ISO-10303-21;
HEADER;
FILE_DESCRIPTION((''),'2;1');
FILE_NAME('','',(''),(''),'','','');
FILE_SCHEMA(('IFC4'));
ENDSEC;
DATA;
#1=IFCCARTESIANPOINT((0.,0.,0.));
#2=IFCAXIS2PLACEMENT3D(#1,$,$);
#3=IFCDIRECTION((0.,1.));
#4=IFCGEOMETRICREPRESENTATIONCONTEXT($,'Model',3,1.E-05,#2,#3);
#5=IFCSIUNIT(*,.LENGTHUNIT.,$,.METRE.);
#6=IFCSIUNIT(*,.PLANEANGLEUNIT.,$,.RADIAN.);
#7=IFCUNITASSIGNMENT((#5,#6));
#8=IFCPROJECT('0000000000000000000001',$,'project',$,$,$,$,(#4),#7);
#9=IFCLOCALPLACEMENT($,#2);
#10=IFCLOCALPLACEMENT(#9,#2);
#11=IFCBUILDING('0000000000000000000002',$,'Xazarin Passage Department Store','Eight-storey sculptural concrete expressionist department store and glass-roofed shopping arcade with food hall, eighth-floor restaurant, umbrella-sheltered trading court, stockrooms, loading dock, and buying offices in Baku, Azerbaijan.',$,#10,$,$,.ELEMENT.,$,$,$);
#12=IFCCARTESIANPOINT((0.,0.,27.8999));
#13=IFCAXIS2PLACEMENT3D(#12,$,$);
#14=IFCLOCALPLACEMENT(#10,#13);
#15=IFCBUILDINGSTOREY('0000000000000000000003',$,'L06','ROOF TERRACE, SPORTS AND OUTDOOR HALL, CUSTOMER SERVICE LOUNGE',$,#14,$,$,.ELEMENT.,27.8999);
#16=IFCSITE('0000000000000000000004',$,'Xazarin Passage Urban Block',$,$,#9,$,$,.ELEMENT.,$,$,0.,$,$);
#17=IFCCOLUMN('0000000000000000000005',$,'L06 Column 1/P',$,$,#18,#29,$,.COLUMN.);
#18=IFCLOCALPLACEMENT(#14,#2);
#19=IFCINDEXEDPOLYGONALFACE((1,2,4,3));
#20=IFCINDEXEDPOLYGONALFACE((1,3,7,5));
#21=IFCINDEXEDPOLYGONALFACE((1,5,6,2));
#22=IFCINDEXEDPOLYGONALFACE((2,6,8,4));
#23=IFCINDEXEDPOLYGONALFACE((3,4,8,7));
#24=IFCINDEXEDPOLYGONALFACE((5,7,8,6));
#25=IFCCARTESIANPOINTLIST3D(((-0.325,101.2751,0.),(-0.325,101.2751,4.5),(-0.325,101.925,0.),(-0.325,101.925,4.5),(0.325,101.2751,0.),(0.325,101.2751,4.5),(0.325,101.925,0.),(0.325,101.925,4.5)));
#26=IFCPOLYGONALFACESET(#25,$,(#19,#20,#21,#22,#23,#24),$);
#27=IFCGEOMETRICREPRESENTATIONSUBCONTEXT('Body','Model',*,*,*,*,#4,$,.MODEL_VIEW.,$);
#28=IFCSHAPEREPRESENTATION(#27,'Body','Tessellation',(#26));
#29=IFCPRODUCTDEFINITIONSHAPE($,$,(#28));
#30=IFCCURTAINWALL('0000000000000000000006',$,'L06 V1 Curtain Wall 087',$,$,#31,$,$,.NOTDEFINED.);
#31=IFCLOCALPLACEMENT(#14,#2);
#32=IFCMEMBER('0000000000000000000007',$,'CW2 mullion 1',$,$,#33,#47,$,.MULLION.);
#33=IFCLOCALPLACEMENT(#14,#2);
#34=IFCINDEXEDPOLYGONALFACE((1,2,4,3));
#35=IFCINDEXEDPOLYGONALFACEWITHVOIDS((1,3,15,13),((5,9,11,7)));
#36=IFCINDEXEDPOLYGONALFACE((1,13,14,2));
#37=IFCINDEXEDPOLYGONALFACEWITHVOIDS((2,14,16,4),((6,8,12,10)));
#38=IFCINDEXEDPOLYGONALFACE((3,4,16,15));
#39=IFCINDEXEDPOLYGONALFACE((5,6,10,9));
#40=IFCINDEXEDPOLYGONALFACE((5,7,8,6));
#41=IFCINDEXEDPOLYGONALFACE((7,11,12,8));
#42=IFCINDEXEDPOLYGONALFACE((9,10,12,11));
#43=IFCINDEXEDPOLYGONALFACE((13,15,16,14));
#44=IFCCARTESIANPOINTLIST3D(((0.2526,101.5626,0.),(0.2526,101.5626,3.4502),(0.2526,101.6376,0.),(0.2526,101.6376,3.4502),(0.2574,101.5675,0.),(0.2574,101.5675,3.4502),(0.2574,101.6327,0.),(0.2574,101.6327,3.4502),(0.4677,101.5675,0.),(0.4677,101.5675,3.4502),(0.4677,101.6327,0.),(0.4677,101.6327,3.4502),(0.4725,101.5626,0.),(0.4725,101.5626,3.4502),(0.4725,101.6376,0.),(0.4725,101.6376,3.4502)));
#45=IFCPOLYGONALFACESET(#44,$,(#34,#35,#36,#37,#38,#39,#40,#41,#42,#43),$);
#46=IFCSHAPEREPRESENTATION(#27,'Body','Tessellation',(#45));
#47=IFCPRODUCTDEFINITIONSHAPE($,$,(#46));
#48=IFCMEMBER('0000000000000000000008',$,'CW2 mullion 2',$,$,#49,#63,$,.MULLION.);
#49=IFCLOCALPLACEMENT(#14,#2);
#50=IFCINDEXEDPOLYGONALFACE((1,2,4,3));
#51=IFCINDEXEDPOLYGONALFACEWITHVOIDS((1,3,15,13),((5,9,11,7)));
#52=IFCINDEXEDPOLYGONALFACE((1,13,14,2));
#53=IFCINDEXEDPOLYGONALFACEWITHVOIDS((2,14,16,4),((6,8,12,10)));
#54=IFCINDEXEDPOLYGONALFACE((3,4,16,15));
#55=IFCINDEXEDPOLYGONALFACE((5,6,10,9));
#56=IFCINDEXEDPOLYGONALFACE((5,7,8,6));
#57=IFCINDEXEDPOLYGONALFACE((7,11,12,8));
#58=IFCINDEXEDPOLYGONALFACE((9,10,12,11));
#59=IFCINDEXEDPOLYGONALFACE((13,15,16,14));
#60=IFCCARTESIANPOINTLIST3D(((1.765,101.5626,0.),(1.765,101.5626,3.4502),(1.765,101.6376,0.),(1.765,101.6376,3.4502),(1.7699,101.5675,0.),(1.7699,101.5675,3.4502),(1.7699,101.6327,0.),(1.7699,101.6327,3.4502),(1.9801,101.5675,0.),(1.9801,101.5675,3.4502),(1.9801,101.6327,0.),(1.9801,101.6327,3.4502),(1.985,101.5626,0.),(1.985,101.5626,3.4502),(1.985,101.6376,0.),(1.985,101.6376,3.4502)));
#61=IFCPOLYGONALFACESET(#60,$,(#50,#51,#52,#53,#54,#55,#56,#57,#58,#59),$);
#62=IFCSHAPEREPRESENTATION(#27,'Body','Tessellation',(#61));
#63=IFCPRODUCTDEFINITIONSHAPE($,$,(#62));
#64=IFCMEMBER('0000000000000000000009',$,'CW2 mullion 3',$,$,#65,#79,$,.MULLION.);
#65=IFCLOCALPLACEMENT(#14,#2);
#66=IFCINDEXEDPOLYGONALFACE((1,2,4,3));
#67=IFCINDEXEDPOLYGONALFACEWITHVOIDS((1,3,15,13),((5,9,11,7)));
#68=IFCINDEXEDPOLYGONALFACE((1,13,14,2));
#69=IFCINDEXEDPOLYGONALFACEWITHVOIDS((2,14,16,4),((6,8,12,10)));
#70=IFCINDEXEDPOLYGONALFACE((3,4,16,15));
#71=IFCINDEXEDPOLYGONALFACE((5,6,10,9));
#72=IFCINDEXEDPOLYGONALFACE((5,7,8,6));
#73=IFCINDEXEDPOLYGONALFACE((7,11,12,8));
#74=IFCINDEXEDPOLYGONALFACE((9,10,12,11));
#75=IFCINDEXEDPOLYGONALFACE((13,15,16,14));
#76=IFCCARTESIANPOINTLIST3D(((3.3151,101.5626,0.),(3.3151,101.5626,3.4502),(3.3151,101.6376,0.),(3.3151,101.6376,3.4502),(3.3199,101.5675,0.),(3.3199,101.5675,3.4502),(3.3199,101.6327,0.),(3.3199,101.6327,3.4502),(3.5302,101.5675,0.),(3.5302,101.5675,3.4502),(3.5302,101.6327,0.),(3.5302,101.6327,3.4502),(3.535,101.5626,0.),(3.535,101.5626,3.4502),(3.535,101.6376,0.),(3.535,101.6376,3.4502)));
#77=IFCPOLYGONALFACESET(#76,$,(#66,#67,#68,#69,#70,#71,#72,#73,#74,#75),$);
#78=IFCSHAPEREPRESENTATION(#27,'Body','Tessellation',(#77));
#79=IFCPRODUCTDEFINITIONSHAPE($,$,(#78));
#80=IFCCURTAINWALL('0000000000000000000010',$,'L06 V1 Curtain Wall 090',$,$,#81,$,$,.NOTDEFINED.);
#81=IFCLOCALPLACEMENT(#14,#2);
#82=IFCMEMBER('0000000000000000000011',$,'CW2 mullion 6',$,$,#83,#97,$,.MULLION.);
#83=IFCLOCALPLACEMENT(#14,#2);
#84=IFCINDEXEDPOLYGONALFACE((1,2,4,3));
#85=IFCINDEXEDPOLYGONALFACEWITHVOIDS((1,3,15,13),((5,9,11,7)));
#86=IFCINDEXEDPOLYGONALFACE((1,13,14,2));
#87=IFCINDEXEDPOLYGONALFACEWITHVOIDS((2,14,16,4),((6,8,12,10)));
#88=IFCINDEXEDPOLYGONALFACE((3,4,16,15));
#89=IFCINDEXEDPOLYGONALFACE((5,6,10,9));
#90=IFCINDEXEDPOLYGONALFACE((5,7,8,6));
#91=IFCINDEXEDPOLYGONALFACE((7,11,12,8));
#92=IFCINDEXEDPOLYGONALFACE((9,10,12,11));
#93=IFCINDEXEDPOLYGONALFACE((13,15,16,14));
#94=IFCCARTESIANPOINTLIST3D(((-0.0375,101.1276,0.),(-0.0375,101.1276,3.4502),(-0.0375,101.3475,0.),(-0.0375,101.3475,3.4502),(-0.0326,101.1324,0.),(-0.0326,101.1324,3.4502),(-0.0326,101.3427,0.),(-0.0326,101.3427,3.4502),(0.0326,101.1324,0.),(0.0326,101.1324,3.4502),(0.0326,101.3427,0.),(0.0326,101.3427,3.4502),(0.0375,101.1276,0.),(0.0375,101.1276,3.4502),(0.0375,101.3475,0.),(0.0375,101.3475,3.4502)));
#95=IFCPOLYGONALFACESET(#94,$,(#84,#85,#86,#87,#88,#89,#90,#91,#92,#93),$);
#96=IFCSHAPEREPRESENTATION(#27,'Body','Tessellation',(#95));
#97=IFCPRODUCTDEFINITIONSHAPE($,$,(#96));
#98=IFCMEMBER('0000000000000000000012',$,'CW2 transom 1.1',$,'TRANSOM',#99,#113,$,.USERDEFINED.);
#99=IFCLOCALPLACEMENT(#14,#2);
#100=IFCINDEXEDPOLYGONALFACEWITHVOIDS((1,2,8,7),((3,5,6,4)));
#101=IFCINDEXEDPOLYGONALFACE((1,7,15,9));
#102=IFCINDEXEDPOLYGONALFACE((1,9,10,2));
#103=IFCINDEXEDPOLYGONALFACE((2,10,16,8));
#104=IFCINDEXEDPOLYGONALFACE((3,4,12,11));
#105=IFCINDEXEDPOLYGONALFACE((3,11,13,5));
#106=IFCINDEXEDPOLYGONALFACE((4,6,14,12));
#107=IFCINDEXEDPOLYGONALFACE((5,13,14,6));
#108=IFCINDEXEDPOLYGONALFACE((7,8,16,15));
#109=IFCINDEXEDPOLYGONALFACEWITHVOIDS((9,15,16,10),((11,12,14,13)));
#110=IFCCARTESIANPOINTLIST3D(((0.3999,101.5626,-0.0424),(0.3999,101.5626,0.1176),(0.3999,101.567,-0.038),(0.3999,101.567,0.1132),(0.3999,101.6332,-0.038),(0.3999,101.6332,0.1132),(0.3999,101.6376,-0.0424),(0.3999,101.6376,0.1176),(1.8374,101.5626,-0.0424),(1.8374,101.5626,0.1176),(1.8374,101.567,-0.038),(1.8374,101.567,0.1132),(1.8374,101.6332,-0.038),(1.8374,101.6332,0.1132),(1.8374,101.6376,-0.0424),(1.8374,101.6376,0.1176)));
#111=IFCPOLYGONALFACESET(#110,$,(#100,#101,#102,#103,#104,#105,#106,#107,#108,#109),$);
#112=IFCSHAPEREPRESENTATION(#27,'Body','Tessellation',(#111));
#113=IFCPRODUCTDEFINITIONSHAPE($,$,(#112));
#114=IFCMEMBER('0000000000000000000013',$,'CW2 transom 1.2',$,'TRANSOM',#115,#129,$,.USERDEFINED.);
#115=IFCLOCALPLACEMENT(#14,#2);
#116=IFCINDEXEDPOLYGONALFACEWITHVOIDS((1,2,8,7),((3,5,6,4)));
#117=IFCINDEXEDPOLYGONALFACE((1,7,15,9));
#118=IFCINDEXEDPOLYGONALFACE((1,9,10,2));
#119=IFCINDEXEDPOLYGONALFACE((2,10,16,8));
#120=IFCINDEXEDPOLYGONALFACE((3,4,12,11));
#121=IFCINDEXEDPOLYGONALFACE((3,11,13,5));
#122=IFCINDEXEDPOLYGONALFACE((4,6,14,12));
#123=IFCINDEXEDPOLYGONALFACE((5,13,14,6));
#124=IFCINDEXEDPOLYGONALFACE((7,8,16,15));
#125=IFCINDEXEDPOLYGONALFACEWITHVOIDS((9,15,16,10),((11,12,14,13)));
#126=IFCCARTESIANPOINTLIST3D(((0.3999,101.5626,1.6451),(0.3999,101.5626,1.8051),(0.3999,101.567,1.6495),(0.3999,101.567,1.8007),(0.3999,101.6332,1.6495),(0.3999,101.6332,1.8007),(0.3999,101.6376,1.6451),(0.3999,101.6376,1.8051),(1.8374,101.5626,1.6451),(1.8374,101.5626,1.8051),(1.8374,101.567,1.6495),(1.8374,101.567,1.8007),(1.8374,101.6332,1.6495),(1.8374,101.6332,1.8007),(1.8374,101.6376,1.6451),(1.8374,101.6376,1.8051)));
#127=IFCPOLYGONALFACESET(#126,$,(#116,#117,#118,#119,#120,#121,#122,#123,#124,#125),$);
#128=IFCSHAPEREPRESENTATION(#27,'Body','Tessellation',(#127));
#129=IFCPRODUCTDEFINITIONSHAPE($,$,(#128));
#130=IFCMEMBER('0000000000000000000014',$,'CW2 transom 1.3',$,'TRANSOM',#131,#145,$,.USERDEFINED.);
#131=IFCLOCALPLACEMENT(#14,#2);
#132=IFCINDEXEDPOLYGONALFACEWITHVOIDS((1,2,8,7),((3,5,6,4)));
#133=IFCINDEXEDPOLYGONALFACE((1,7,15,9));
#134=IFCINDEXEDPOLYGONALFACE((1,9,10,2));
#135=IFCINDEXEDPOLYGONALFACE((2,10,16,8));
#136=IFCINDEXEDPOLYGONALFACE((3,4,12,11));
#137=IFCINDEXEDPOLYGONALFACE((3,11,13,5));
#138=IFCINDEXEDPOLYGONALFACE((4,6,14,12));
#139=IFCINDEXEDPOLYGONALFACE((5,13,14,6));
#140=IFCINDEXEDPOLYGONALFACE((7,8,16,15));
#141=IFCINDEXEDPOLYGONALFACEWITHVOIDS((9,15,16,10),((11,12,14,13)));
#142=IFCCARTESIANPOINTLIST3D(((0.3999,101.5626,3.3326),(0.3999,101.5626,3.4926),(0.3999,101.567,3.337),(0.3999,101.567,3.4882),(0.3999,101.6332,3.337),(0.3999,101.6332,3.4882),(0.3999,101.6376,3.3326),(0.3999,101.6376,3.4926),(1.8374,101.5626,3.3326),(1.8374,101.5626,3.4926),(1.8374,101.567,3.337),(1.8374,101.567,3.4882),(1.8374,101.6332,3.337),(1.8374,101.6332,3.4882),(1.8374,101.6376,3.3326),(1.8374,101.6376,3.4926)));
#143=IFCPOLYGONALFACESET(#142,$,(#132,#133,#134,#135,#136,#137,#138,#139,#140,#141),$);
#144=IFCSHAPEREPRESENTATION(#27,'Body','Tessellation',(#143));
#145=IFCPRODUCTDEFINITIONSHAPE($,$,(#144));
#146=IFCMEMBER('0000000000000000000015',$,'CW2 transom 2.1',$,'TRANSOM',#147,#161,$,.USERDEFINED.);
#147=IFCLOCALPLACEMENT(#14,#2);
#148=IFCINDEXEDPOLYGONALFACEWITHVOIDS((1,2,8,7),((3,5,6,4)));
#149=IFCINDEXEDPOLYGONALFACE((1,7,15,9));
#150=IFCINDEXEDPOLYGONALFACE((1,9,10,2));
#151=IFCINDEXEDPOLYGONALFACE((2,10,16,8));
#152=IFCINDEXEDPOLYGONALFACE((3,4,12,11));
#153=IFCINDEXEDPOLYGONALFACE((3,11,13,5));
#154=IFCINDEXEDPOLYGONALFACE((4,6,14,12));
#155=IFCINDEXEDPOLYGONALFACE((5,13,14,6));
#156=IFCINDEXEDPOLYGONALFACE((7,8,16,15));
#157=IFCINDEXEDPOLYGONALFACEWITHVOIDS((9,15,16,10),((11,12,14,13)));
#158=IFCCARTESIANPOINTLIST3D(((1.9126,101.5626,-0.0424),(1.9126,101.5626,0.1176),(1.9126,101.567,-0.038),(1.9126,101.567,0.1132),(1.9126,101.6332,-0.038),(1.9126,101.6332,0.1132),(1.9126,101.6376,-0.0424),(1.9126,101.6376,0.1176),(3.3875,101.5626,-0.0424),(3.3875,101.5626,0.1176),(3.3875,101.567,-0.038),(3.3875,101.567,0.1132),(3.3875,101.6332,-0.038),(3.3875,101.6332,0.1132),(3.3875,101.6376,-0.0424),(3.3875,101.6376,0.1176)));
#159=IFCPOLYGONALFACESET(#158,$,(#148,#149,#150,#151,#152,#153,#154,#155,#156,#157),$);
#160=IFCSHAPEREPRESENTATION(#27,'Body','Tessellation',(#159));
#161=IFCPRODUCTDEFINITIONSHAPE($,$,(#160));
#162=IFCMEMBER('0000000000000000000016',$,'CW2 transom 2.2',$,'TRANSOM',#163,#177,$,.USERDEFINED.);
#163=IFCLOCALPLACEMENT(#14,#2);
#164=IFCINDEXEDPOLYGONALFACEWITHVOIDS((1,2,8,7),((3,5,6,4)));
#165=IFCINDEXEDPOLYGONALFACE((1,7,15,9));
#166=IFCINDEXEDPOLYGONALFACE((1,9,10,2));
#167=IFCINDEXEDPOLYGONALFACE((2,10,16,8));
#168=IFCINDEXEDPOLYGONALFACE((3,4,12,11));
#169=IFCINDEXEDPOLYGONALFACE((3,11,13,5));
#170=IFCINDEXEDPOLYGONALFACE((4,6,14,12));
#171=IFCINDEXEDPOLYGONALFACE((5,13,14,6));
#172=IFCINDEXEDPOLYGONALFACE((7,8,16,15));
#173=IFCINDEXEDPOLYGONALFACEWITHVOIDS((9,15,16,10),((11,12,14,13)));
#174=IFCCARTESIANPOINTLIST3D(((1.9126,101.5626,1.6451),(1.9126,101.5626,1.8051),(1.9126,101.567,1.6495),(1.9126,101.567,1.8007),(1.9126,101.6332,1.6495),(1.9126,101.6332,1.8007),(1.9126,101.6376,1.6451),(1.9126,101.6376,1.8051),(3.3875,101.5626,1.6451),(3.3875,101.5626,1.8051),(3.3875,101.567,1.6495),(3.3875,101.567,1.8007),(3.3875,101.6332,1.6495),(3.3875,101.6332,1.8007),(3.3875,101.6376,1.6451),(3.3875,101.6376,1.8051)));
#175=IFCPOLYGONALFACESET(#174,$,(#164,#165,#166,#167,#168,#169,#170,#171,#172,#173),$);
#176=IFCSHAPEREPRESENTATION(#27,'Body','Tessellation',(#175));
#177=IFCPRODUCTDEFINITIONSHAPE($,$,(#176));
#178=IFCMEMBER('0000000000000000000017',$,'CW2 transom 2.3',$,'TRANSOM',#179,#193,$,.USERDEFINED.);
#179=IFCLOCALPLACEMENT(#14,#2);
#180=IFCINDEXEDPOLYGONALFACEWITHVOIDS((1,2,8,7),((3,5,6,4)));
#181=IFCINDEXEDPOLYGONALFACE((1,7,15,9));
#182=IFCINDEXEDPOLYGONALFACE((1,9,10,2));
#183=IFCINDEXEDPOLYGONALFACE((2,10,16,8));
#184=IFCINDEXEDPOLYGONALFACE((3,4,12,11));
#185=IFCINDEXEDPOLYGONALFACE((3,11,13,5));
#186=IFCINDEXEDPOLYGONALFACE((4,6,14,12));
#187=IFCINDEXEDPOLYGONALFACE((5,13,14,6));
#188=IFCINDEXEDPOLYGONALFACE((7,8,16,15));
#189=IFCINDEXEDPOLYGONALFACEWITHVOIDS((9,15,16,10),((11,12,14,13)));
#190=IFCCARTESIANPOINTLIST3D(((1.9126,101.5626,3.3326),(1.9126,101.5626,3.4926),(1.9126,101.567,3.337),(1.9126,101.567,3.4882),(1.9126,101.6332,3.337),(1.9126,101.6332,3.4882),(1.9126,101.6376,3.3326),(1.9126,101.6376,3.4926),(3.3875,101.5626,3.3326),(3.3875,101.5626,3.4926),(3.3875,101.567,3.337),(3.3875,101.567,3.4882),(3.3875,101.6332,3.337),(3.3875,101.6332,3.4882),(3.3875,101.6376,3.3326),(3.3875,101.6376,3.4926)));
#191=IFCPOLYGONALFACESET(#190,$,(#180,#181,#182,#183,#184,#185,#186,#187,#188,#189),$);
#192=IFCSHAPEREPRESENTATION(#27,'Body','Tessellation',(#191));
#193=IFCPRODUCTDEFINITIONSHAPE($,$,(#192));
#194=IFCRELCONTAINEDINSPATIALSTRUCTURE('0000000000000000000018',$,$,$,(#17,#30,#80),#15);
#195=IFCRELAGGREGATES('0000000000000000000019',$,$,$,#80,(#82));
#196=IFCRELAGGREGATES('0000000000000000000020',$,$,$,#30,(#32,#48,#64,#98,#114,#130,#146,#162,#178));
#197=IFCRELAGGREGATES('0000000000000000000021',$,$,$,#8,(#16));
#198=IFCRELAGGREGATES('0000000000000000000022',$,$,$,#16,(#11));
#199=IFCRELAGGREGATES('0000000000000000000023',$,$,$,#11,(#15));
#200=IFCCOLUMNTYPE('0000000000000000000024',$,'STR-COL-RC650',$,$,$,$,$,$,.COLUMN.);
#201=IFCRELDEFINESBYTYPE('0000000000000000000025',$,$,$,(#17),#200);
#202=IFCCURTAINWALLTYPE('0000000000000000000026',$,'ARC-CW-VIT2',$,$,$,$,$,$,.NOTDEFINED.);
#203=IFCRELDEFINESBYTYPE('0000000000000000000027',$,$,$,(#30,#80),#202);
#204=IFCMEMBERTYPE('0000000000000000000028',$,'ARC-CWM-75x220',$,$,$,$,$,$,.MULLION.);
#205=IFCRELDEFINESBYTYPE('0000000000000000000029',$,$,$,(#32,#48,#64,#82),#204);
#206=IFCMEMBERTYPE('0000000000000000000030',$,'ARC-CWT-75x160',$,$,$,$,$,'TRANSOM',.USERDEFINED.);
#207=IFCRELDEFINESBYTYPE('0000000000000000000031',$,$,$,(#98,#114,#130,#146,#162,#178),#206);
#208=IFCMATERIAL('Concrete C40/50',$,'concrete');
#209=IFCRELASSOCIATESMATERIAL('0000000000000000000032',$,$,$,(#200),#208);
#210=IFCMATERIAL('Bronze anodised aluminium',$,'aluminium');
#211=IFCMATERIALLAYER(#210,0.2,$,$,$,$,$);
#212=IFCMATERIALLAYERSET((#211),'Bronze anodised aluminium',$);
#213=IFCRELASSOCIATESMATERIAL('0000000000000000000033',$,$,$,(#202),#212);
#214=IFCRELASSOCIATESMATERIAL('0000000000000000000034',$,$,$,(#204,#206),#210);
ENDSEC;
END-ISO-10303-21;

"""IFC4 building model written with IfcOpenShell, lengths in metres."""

from ifc_helpers import new_model, si_unit, direction, frame, origin, origin_2d, place, context, subcontext, project, spatial, rectangle, hollow_rectangle, extrude, material, layer, layer_set, material_profile, profile_set, type_object, element, aggregate, save


model = new_model("IFC4")

# Units and contexts
model_context = context("Model", 3, precision=1e-05, world=origin(), true_north=direction((0.0, 1.0)))
body_context = subcontext(model_context, "Body", "Model", "MODEL_VIEW")
ifc_project = project(units=[si_unit("LENGTHUNIT", "METRE"), si_unit("PLANEANGLEUNIT", "RADIAN")], contexts=[model_context])

# Site, building, storey
site_placement = place(None, origin())
site = spatial("IfcSite", under=ifc_project, at=site_placement, Name="Xazarin Passage Urban Block", CompositionType="ELEMENT", RefElevation=0.0)
building_placement = place(site_placement, origin())
building = spatial("IfcBuilding", under=site, at=building_placement, Name="Xazarin Passage Department Store", Description="Eight-storey sculptural concrete expressionist department store and glass-roofed shopping arcade with food hall, eighth-floor restaurant, umbrella-sheltered trading court, stockrooms, loading dock, and buying offices in Baku, Azerbaijan.", CompositionType="ELEMENT")
storey_placement = place(building_placement, frame((0.0, 0.0, 27.8999)))
storey = spatial("IfcBuildingStorey", under=building, at=storey_placement, Name="L06", Description="ROOF TERRACE, SPORTS AND OUTDOOR HALL, CUSTOMER SERVICE LOUNGE", CompositionType="ELEMENT", Elevation=27.8999)

# Column
ifc_material_1 = material(Name="Concrete C40/50", Category="concrete")
ifc_material_profile_1 = material_profile(ifc_material_1, rectangle(XDim=0.6499, YDim=0.6499, at=origin_2d()), Name="RC 650x650")
ifc_profile_set_1 = profile_set([ifc_material_profile_1], Name="Concrete C40/50")
column_type = type_object("IfcColumnType", Name="STR-COL-RC650", PredefinedType="COLUMN", material=ifc_profile_set_1)
column_placement = place(storey_placement, frame((0.0, 101.6001, 0.0), z_axis=(0.0, 0.0, 1.0), x_axis=(1.0, 0.0, 0.0)))
element("IfcColumn", 1, at=column_placement, inside=storey, type_object=column_type, Name="L06 Column 1/P", PredefinedType="COLUMN", context=body_context, shape_type="SweptSolid", body=[
    extrude(rectangle(XDim=0.6499, YDim=0.6499, at=origin_2d()), origin(), (0.0, 0.0, 1.0), 4.5),
])

# Curtain wall, members
ifc_material_2 = material(Name="Bronze anodised aluminium", Category="aluminium")
ifc_layer_1 = layer(ifc_material_2, 0.2)
ifc_layer_set_1 = layer_set([ifc_layer_1], Name="Bronze anodised aluminium")
curtain_wall_type = type_object("IfcCurtainWallType", Name="ARC-CW-VIT2", PredefinedType="NOTDEFINED", material=ifc_layer_set_1)
curtain_wall_1_placement = place(storey_placement, origin())
curtain_wall_1 = element("IfcCurtainWall", 2, at=curtain_wall_1_placement, inside=storey, type_object=curtain_wall_type, Name="L06 V1 Curtain Wall 087", PredefinedType="NOTDEFINED")
ifc_material_profile_2 = material_profile(ifc_material_2, hollow_rectangle(XDim=0.075, YDim=0.22, WallThickness=0.0049, at=origin_2d()), Name="ALU 75x220")
ifc_profile_set_2 = profile_set([ifc_material_profile_2], Name="Bronze anodised aluminium")
member_type_1 = type_object("IfcMemberType", Name="ARC-CWM-75x220", PredefinedType="MULLION", material=ifc_profile_set_2)
member_1_placement = place(storey_placement, frame((0.3625, 101.6001, 0.0), z_axis=(0.0, 0.0, 1.0), x_axis=(0.0, 1.0, 0.0)))
member_1 = element("IfcMember", 3, at=member_1_placement, type_object=member_type_1, Name="CW2 mullion 1", PredefinedType="MULLION", context=body_context, shape_type="SweptSolid", body=[
    extrude(hollow_rectangle(XDim=0.075, YDim=0.22, WallThickness=0.0049, at=origin_2d()), origin(), (0.0, 0.0, 1.0), 3.4502),
])
member_2_placement = place(storey_placement, frame((1.875, 101.6001, 0.0), z_axis=(0.0, 0.0, 1.0), x_axis=(0.0, 1.0, 0.0)))
member_2 = element("IfcMember", 4, at=member_2_placement, type_object=member_type_1, Name="CW2 mullion 2", PredefinedType="MULLION", context=body_context, shape_type="SweptSolid", body=[
    extrude(hollow_rectangle(XDim=0.075, YDim=0.22, WallThickness=0.0049, at=origin_2d()), origin(), (0.0, 0.0, 1.0), 3.4502),
])
member_3_placement = place(storey_placement, frame((3.425, 101.6001, 0.0), z_axis=(0.0, 0.0, 1.0), x_axis=(0.0, 1.0, 0.0)))
member_3 = element("IfcMember", 5, at=member_3_placement, type_object=member_type_1, Name="CW2 mullion 3", PredefinedType="MULLION", context=body_context, shape_type="SweptSolid", body=[
    extrude(hollow_rectangle(XDim=0.075, YDim=0.22, WallThickness=0.0049, at=origin_2d()), origin(), (0.0, 0.0, 1.0), 3.4502),
])

# Curtain wall, member
curtain_wall_2_placement = place(storey_placement, origin())
curtain_wall_2 = element("IfcCurtainWall", 6, at=curtain_wall_2_placement, inside=storey, type_object=curtain_wall_type, Name="L06 V1 Curtain Wall 090", PredefinedType="NOTDEFINED")
member_4_placement = place(storey_placement, frame((0.0, 101.2375, 0.0), z_axis=(0.0, 0.0, 1.0), x_axis=(-1.0, 0.0, 0.0)))
member_4 = element("IfcMember", 7, at=member_4_placement, type_object=member_type_1, Name="CW2 mullion 6", PredefinedType="MULLION", context=body_context, shape_type="SweptSolid", body=[
    extrude(hollow_rectangle(XDim=0.075, YDim=0.22, WallThickness=0.0049, at=origin_2d()), origin(), (0.0, 0.0, 1.0), 3.4502),
])
aggregate(curtain_wall_2, [member_4])

# Members
ifc_material_profile_3 = material_profile(ifc_material_2, hollow_rectangle(XDim=0.075, YDim=0.1599, WallThickness=0.0044, at=origin_2d()), Name="ALU 75x160")
ifc_profile_set_3 = profile_set([ifc_material_profile_3], Name="Bronze anodised aluminium")
member_type_2 = type_object("IfcMemberType", Name="ARC-CWT-75x160", ElementType="TRANSOM", PredefinedType="USERDEFINED", material=ifc_profile_set_3)
member_5_placement = place(storey_placement, frame((0.3999, 101.6001, 0.0376), z_axis=(1.0, 0.0, 0.0), x_axis=(0.0, 1.0, 0.0)))
member_5 = element("IfcMember", 8, at=member_5_placement, type_object=member_type_2, Name="CW2 transom 1.1", ObjectType="TRANSOM", PredefinedType="USERDEFINED", context=body_context, shape_type="SweptSolid", body=[
    extrude(hollow_rectangle(XDim=0.075, YDim=0.1599, WallThickness=0.0044, at=origin_2d()), origin(), (0.0, 0.0, 1.0), 1.4375),
])
member_6_placement = place(storey_placement, frame((0.3999, 101.6001, 1.7251), z_axis=(1.0, 0.0, 0.0), x_axis=(0.0, 1.0, 0.0)))
member_6 = element("IfcMember", 9, at=member_6_placement, type_object=member_type_2, Name="CW2 transom 1.2", ObjectType="TRANSOM", PredefinedType="USERDEFINED", context=body_context, shape_type="SweptSolid", body=[
    extrude(hollow_rectangle(XDim=0.075, YDim=0.1599, WallThickness=0.0044, at=origin_2d()), origin(), (0.0, 0.0, 1.0), 1.4375),
])
member_7_placement = place(storey_placement, frame((0.3999, 101.6001, 3.4126), z_axis=(1.0, 0.0, 0.0), x_axis=(0.0, 1.0, 0.0)))
member_7 = element("IfcMember", 10, at=member_7_placement, type_object=member_type_2, Name="CW2 transom 1.3", ObjectType="TRANSOM", PredefinedType="USERDEFINED", context=body_context, shape_type="SweptSolid", body=[
    extrude(hollow_rectangle(XDim=0.075, YDim=0.1599, WallThickness=0.0044, at=origin_2d()), origin(), (0.0, 0.0, 1.0), 1.4375),
])
member_8_placement = place(storey_placement, frame((1.9126, 101.6001, 0.0376), z_axis=(1.0, 0.0, 0.0), x_axis=(0.0, 1.0, 0.0)))
member_8 = element("IfcMember", 11, at=member_8_placement, type_object=member_type_2, Name="CW2 transom 2.1", ObjectType="TRANSOM", PredefinedType="USERDEFINED", context=body_context, shape_type="SweptSolid", body=[
    extrude(hollow_rectangle(XDim=0.075, YDim=0.1599, WallThickness=0.0044, at=origin_2d()), origin(), (0.0, 0.0, 1.0), 1.4749),
])
member_9_placement = place(storey_placement, frame((1.9126, 101.6001, 1.7251), z_axis=(1.0, 0.0, 0.0), x_axis=(0.0, 1.0, 0.0)))
member_9 = element("IfcMember", 12, at=member_9_placement, type_object=member_type_2, Name="CW2 transom 2.2", ObjectType="TRANSOM", PredefinedType="USERDEFINED", context=body_context, shape_type="SweptSolid", body=[
    extrude(hollow_rectangle(XDim=0.075, YDim=0.1599, WallThickness=0.0044, at=origin_2d()), origin(), (0.0, 0.0, 1.0), 1.4749),
])
member_10_placement = place(storey_placement, frame((1.9126, 101.6001, 3.4126), z_axis=(1.0, 0.0, 0.0), x_axis=(0.0, 1.0, 0.0)))
member_10 = element("IfcMember", 13, at=member_10_placement, type_object=member_type_2, Name="CW2 transom 2.3", ObjectType="TRANSOM", PredefinedType="USERDEFINED", context=body_context, shape_type="SweptSolid", body=[
    extrude(hollow_rectangle(XDim=0.075, YDim=0.1599, WallThickness=0.0044, at=origin_2d()), origin(), (0.0, 0.0, 1.0), 1.4749),
])

aggregate(curtain_wall_1, [member_1, member_2, member_3, member_5, member_6, member_7, member_8, member_9, member_10])

save(model, "model.ifc")
